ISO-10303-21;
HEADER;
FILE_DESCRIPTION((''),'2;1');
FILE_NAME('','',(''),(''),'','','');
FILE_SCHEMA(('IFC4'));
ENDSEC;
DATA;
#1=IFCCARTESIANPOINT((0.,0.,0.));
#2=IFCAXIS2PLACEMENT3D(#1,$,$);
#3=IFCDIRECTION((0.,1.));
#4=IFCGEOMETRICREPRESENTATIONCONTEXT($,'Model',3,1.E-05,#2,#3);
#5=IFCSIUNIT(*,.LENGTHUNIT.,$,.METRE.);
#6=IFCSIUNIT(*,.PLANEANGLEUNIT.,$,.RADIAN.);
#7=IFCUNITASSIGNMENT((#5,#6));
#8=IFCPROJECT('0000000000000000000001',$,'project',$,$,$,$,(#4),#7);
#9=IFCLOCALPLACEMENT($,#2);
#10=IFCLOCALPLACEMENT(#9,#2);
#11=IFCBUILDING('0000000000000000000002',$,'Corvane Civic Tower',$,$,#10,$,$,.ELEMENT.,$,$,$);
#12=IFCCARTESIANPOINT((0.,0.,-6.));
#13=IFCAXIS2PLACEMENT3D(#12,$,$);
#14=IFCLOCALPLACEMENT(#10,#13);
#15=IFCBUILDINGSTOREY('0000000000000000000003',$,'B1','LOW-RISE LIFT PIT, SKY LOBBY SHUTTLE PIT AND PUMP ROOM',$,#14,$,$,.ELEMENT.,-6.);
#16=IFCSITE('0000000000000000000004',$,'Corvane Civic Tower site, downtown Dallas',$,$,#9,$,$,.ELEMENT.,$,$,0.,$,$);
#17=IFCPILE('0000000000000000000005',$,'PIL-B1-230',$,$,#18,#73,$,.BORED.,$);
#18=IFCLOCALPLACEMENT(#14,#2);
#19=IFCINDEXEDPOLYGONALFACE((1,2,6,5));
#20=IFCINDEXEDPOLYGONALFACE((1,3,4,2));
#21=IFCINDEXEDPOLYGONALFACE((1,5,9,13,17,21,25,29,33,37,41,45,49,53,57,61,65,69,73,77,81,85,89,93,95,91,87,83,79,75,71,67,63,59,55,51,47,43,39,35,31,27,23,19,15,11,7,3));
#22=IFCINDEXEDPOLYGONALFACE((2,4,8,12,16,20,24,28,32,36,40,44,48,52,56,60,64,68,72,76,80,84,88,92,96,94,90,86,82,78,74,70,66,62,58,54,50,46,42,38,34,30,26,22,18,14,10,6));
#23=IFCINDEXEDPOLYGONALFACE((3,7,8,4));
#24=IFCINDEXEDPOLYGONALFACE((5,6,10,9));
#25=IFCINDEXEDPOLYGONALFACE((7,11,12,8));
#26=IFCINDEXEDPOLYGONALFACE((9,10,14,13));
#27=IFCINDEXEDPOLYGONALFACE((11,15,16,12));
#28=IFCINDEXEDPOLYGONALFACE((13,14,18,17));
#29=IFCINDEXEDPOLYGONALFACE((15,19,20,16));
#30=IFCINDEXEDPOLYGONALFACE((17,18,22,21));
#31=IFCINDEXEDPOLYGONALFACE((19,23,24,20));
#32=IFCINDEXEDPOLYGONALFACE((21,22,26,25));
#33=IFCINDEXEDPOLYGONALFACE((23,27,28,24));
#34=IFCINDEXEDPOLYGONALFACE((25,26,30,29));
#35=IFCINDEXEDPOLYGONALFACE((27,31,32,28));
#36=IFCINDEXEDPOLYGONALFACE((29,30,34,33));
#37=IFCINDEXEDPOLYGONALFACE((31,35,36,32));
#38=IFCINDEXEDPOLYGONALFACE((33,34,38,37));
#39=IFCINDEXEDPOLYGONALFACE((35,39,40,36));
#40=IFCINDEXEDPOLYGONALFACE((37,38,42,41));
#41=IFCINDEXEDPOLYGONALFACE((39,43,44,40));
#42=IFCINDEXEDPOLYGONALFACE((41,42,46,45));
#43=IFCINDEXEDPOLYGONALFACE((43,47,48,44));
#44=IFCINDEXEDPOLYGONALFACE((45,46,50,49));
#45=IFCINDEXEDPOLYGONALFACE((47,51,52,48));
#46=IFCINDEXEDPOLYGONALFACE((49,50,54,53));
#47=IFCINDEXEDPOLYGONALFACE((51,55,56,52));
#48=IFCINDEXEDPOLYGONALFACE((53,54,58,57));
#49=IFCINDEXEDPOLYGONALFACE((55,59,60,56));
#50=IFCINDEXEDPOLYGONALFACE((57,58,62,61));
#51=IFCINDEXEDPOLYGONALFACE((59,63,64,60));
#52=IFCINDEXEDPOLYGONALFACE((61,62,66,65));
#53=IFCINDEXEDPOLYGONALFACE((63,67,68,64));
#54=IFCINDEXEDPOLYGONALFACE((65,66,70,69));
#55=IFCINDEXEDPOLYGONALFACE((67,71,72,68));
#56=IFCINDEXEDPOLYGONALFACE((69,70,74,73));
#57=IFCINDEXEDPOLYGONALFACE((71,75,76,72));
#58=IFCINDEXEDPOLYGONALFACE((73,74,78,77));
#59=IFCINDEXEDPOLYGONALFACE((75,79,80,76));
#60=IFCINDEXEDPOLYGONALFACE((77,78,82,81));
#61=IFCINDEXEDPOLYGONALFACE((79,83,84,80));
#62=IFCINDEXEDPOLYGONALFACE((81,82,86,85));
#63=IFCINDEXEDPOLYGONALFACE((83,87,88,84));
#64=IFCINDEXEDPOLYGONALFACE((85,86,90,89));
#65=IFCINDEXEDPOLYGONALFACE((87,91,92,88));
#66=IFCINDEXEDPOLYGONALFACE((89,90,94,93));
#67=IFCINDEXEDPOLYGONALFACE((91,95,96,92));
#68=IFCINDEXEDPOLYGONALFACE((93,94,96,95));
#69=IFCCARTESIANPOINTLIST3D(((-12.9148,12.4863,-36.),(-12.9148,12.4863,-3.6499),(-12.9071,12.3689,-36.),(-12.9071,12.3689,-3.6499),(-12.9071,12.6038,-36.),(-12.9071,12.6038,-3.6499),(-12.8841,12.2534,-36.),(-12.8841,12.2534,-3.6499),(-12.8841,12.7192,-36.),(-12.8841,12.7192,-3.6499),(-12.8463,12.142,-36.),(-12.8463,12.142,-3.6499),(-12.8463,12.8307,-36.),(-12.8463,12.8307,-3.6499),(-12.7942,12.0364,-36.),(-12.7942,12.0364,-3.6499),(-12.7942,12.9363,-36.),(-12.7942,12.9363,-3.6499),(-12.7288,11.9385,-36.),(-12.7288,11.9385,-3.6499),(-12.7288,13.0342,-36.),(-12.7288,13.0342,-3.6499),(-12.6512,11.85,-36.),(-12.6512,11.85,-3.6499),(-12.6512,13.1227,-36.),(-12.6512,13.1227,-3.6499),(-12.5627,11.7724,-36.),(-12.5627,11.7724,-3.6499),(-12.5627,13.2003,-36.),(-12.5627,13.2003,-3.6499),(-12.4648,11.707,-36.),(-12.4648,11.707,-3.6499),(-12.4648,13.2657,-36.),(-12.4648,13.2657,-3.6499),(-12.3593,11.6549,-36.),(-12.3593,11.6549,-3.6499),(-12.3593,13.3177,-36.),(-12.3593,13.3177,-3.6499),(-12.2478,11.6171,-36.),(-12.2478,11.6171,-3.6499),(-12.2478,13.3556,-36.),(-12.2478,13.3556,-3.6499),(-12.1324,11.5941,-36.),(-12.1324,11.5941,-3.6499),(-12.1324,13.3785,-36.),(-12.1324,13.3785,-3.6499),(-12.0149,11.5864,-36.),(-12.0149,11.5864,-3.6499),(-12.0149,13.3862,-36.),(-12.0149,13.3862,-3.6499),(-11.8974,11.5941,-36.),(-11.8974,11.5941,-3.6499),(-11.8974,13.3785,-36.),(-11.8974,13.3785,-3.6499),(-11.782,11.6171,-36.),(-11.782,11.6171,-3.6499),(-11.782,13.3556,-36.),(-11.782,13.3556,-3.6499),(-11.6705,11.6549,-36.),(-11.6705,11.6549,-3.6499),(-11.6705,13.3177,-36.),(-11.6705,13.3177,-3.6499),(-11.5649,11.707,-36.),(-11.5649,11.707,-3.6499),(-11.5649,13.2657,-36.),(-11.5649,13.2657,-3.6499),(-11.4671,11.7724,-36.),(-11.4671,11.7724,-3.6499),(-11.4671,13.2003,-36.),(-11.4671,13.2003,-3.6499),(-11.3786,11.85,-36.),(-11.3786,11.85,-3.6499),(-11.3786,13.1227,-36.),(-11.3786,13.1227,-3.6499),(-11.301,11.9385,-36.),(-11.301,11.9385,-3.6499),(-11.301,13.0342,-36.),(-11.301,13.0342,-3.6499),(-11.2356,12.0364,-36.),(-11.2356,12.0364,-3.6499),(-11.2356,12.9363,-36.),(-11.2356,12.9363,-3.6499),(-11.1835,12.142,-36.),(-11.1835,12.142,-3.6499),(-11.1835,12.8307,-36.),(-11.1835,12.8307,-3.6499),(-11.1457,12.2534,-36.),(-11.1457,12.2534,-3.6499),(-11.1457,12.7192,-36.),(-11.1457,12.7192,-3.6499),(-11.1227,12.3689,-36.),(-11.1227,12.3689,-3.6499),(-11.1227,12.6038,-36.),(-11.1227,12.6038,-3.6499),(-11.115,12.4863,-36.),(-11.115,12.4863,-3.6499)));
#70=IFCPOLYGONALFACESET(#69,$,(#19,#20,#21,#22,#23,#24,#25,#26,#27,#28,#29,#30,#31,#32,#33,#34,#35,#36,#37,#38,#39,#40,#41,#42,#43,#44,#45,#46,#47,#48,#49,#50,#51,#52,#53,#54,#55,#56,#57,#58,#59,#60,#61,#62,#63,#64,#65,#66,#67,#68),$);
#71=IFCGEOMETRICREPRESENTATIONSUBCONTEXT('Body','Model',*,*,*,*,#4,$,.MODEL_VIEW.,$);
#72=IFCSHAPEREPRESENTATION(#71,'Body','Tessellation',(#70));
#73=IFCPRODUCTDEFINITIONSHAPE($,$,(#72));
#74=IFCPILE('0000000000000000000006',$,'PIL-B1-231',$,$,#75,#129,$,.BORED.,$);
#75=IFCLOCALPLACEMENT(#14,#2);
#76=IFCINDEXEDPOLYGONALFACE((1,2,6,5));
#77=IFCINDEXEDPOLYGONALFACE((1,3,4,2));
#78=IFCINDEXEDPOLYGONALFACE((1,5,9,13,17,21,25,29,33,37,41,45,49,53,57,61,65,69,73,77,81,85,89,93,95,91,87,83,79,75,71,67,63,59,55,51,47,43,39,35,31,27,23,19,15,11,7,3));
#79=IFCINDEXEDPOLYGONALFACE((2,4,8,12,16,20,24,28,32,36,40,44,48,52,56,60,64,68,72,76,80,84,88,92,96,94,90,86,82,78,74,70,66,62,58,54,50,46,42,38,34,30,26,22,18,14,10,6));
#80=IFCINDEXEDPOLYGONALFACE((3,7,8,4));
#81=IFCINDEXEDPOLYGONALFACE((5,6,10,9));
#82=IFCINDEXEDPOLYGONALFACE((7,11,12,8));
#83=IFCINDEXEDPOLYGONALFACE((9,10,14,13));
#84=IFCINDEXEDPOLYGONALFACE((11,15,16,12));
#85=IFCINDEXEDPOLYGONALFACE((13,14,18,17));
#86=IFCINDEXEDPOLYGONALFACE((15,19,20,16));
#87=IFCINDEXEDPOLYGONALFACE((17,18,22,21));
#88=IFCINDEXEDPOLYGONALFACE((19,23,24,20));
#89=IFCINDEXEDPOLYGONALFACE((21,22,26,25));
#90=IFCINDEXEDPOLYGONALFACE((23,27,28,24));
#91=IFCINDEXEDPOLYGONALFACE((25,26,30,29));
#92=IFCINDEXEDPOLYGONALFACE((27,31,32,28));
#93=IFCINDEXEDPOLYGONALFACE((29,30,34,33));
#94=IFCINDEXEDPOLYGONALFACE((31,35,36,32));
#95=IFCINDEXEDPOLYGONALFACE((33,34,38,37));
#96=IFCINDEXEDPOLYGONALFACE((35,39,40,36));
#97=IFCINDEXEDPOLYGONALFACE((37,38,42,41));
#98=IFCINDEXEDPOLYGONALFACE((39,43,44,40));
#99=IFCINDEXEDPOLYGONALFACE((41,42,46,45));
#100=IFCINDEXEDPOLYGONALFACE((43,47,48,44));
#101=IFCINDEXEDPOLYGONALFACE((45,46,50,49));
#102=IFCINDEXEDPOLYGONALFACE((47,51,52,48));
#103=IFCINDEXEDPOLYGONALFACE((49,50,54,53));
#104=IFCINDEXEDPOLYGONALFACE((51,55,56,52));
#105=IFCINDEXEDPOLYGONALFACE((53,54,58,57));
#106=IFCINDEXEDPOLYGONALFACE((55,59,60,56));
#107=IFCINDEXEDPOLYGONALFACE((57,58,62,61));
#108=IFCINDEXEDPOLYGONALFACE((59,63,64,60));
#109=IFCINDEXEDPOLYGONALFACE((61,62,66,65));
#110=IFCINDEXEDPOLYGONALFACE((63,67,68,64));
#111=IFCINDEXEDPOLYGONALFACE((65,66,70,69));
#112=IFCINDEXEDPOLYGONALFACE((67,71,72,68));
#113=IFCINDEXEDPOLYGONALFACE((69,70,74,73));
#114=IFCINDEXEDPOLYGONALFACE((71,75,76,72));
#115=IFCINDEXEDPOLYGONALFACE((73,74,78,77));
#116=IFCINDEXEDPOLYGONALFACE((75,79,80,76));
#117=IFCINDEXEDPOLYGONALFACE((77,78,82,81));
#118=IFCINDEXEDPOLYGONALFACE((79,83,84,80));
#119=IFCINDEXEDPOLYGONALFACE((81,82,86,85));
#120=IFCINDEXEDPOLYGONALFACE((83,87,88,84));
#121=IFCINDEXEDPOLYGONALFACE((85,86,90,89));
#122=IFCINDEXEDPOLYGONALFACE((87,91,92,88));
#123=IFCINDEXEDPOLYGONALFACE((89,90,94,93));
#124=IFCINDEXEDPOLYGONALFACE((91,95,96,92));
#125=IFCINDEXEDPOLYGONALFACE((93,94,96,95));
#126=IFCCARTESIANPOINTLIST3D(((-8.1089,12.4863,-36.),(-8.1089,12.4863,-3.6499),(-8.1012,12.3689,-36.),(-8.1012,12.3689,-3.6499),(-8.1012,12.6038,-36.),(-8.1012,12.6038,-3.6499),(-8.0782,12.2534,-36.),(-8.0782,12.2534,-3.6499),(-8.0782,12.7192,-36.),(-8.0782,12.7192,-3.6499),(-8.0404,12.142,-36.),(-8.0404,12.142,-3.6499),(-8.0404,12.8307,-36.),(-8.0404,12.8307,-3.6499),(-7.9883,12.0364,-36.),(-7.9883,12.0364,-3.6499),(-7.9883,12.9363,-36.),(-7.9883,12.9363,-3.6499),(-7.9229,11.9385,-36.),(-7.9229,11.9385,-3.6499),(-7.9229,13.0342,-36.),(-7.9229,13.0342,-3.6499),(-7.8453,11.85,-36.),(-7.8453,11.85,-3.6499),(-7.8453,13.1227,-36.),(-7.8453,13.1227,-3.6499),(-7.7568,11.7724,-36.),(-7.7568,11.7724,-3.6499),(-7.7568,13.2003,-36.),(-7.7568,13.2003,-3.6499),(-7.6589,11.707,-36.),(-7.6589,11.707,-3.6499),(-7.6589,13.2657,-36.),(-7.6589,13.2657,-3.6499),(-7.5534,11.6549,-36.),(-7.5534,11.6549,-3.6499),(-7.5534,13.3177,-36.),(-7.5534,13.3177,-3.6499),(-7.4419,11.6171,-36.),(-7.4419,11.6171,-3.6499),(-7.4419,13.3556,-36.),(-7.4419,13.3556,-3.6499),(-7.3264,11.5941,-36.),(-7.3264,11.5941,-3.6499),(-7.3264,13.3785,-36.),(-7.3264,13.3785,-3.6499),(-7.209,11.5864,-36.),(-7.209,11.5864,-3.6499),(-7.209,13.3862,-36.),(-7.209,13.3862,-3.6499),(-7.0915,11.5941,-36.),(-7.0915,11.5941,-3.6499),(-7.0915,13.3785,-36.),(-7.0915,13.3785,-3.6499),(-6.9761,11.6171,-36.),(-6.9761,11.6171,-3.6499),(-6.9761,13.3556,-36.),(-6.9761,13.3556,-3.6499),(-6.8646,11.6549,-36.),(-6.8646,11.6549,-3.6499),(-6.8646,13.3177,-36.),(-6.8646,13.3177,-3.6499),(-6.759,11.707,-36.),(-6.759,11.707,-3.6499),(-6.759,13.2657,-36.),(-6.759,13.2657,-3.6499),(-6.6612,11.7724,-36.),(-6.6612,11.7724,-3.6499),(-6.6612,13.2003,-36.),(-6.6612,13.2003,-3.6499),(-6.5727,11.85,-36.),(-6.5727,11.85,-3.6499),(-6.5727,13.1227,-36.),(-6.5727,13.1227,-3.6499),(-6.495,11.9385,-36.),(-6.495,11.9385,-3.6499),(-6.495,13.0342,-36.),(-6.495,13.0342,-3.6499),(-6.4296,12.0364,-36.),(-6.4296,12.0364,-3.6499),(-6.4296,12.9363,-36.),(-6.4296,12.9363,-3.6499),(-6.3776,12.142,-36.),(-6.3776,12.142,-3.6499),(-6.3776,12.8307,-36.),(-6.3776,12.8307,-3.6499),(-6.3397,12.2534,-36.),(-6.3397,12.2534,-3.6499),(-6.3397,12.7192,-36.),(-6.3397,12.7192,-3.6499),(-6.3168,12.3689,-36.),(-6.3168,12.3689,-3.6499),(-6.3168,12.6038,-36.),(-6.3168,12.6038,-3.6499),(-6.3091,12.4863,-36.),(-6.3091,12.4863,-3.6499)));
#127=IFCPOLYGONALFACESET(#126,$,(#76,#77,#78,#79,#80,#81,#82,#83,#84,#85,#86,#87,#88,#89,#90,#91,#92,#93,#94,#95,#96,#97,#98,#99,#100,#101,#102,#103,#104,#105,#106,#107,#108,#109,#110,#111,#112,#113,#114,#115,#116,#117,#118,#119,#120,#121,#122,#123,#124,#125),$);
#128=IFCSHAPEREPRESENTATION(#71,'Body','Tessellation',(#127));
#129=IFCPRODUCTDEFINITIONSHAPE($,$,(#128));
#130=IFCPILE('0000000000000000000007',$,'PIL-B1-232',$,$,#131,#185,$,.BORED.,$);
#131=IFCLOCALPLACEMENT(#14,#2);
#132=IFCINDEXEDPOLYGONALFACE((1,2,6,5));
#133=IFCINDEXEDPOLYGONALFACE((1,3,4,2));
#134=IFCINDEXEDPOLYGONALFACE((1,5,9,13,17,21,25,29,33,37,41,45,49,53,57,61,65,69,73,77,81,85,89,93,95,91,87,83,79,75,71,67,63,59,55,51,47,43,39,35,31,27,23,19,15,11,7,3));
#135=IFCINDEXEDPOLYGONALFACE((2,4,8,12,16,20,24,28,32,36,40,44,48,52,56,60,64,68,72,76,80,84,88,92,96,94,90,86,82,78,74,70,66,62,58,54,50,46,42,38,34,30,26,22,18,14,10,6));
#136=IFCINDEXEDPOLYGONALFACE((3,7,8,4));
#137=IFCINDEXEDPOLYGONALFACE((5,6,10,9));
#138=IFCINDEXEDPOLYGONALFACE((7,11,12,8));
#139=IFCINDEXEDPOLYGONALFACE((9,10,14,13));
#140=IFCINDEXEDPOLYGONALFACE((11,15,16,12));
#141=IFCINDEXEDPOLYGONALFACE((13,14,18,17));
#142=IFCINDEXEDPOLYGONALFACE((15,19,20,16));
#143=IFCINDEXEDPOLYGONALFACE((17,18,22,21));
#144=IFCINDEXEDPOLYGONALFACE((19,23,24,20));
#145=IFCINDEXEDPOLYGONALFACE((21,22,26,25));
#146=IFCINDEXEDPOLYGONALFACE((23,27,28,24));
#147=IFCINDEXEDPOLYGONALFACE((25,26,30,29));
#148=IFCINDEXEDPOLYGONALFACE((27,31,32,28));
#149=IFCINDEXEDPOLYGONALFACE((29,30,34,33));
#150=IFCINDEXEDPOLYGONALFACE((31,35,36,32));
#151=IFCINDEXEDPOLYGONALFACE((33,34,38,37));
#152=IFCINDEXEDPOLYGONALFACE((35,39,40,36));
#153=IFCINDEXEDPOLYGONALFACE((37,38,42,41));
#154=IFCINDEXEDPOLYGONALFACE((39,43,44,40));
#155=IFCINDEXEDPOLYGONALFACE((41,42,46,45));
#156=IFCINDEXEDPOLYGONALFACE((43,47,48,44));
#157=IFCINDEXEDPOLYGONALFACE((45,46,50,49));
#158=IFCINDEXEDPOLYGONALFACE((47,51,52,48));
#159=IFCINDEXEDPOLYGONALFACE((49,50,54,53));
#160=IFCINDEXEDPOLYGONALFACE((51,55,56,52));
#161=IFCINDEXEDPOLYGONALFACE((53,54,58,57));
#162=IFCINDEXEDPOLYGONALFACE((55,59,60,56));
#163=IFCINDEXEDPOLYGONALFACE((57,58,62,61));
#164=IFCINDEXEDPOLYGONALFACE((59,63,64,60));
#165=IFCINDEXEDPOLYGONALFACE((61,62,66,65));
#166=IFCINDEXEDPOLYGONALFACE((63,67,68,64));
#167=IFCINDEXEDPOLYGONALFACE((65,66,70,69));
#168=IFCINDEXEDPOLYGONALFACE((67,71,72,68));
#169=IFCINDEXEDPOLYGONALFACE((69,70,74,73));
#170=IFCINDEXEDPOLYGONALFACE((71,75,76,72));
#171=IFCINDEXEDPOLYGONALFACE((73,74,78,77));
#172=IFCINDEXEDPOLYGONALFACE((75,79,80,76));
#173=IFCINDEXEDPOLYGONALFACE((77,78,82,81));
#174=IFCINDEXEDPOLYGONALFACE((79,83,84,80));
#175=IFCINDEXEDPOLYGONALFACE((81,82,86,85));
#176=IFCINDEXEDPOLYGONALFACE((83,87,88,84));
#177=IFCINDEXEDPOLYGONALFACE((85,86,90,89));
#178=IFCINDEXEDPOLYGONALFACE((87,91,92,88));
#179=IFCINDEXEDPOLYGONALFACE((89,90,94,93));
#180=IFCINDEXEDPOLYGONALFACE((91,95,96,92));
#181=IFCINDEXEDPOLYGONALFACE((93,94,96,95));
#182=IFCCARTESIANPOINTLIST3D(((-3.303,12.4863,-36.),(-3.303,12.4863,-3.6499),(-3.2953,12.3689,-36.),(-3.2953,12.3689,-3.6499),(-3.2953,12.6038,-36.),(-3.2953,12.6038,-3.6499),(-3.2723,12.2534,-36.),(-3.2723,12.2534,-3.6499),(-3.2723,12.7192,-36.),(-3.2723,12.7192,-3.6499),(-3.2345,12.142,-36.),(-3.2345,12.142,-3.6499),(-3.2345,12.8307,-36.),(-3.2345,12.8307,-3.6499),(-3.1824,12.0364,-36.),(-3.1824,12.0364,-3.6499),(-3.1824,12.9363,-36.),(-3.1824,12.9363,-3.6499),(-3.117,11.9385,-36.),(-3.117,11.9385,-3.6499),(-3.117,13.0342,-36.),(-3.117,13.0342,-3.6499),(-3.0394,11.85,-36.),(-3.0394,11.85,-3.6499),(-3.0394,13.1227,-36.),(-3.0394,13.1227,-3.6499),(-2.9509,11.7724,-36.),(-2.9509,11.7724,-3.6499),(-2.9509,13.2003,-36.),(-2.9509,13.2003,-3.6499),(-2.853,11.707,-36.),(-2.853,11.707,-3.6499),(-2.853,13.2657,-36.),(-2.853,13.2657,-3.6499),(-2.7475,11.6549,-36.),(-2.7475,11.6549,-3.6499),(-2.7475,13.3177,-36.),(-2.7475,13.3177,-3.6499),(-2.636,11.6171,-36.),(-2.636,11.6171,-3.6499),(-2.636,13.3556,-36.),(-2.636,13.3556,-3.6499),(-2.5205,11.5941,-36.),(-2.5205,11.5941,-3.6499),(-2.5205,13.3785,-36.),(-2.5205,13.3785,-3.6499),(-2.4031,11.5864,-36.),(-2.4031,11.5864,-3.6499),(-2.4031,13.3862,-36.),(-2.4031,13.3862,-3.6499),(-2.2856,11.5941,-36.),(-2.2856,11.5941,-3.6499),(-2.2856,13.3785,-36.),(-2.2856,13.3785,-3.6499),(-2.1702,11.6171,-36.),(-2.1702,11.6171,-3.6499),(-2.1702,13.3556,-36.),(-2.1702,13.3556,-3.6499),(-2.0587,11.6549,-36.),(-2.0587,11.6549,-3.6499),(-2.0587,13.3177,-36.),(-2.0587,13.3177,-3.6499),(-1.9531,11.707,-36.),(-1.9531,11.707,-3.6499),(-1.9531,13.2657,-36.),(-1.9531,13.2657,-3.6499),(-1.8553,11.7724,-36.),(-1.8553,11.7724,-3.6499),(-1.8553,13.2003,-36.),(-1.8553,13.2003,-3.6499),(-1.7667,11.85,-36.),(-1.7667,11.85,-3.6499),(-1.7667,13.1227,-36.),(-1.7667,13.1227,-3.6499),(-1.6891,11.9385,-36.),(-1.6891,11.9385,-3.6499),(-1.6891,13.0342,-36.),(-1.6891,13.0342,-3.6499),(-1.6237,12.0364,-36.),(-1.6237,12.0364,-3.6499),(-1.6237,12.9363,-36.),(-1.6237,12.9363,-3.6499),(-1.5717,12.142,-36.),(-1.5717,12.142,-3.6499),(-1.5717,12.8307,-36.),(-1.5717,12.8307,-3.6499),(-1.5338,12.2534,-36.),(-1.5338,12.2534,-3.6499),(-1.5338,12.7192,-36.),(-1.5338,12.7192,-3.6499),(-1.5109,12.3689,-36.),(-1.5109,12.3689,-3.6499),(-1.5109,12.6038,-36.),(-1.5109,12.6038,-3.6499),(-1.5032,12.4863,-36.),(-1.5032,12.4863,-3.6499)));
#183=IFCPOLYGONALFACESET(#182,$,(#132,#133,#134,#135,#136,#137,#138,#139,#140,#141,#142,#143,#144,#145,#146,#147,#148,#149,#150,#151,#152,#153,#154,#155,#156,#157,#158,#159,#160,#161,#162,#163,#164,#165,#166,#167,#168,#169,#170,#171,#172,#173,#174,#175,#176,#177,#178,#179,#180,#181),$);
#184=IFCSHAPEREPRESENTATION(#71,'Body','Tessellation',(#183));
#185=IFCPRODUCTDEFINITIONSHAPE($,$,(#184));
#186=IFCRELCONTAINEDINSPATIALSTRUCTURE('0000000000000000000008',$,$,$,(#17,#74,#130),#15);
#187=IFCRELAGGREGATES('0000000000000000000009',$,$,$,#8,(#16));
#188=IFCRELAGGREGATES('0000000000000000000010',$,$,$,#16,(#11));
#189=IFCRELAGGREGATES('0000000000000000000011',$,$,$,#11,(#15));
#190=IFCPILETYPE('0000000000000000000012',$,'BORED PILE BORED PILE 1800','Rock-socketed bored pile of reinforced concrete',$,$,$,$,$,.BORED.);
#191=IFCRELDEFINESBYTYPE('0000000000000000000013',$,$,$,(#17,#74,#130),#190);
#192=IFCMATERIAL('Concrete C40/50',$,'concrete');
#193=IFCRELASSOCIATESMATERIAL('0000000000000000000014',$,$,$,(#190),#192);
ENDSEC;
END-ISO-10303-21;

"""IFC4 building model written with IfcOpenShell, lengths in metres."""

from ifc_helpers import new_model, si_unit, direction, frame, origin, origin_2d, place, context, subcontext, project, spatial, circle, extrude, material, material_profile, profile_set, type_object, element, save


model = new_model("IFC4")

# Units and contexts
model_context = context("Model", 3, precision=1e-05, world=origin(), true_north=direction((0.0, 1.0)))
body_context = subcontext(model_context, "Body", "Model", "MODEL_VIEW")
ifc_project = project(units=[si_unit("LENGTHUNIT", "METRE"), si_unit("PLANEANGLEUNIT", "RADIAN")], contexts=[model_context])

# Site, building, storey
site_placement = place(None, origin())
site = spatial("IfcSite", under=ifc_project, at=site_placement, Name="Corvane Civic Tower site, downtown Dallas", CompositionType="ELEMENT", RefElevation=0.0)
building_placement = place(site_placement, origin())
building = spatial("IfcBuilding", under=site, at=building_placement, Name="Corvane Civic Tower", CompositionType="ELEMENT")
storey_placement = place(building_placement, frame((0.0, 0.0, -6.0)))
storey = spatial("IfcBuildingStorey", under=building, at=storey_placement, Name="B1", Description="LOW-RISE LIFT PIT, SKY LOBBY SHUTTLE PIT AND PUMP ROOM", CompositionType="ELEMENT", Elevation=-6.0)

# Piles
ifc_material_1 = material(Name="Concrete C40/50", Category="concrete")
ifc_material_profile = material_profile(ifc_material_1, circle(Radius=0.8999, at=origin_2d()), Name="BORED PILE 1800")
ifc_profile_set = profile_set([ifc_material_profile], Name="Concrete C40/50")
pile_type = type_object("IfcPileType", Name="BORED PILE BORED PILE 1800", Description="Rock-socketed bored pile of reinforced concrete", PredefinedType="BORED", material=ifc_profile_set)
for number, where, z_axis, x_axis, name in (
    (1, (-12.0149, 12.4863, -3.6499), (0.0, 0.0, -1.0), (1.0, 0.0, 0.0), "PIL-B1-230"),
    (2, (-7.209, 12.4863, -3.6499), (0.0, 0.0, -1.0), (1.0, 0.0, 0.0), "PIL-B1-231"),
    (3, (-2.4031, 12.4863, -3.6499), (0.0, 0.0, -1.0), (1.0, 0.0, 0.0), "PIL-B1-232"),
):
    element("IfcPile", number, at=place(storey_placement, frame(where, z_axis=z_axis, x_axis=x_axis)), inside=storey, type_object=pile_type, Name=name, PredefinedType="BORED", context=body_context, shape_type="SweptSolid", body=[
        extrude(circle(Radius=0.8999, at=origin_2d()), origin(), (0.0, 0.0, 1.0), 32.3501),
    ])

save(model, "model.ifc")
